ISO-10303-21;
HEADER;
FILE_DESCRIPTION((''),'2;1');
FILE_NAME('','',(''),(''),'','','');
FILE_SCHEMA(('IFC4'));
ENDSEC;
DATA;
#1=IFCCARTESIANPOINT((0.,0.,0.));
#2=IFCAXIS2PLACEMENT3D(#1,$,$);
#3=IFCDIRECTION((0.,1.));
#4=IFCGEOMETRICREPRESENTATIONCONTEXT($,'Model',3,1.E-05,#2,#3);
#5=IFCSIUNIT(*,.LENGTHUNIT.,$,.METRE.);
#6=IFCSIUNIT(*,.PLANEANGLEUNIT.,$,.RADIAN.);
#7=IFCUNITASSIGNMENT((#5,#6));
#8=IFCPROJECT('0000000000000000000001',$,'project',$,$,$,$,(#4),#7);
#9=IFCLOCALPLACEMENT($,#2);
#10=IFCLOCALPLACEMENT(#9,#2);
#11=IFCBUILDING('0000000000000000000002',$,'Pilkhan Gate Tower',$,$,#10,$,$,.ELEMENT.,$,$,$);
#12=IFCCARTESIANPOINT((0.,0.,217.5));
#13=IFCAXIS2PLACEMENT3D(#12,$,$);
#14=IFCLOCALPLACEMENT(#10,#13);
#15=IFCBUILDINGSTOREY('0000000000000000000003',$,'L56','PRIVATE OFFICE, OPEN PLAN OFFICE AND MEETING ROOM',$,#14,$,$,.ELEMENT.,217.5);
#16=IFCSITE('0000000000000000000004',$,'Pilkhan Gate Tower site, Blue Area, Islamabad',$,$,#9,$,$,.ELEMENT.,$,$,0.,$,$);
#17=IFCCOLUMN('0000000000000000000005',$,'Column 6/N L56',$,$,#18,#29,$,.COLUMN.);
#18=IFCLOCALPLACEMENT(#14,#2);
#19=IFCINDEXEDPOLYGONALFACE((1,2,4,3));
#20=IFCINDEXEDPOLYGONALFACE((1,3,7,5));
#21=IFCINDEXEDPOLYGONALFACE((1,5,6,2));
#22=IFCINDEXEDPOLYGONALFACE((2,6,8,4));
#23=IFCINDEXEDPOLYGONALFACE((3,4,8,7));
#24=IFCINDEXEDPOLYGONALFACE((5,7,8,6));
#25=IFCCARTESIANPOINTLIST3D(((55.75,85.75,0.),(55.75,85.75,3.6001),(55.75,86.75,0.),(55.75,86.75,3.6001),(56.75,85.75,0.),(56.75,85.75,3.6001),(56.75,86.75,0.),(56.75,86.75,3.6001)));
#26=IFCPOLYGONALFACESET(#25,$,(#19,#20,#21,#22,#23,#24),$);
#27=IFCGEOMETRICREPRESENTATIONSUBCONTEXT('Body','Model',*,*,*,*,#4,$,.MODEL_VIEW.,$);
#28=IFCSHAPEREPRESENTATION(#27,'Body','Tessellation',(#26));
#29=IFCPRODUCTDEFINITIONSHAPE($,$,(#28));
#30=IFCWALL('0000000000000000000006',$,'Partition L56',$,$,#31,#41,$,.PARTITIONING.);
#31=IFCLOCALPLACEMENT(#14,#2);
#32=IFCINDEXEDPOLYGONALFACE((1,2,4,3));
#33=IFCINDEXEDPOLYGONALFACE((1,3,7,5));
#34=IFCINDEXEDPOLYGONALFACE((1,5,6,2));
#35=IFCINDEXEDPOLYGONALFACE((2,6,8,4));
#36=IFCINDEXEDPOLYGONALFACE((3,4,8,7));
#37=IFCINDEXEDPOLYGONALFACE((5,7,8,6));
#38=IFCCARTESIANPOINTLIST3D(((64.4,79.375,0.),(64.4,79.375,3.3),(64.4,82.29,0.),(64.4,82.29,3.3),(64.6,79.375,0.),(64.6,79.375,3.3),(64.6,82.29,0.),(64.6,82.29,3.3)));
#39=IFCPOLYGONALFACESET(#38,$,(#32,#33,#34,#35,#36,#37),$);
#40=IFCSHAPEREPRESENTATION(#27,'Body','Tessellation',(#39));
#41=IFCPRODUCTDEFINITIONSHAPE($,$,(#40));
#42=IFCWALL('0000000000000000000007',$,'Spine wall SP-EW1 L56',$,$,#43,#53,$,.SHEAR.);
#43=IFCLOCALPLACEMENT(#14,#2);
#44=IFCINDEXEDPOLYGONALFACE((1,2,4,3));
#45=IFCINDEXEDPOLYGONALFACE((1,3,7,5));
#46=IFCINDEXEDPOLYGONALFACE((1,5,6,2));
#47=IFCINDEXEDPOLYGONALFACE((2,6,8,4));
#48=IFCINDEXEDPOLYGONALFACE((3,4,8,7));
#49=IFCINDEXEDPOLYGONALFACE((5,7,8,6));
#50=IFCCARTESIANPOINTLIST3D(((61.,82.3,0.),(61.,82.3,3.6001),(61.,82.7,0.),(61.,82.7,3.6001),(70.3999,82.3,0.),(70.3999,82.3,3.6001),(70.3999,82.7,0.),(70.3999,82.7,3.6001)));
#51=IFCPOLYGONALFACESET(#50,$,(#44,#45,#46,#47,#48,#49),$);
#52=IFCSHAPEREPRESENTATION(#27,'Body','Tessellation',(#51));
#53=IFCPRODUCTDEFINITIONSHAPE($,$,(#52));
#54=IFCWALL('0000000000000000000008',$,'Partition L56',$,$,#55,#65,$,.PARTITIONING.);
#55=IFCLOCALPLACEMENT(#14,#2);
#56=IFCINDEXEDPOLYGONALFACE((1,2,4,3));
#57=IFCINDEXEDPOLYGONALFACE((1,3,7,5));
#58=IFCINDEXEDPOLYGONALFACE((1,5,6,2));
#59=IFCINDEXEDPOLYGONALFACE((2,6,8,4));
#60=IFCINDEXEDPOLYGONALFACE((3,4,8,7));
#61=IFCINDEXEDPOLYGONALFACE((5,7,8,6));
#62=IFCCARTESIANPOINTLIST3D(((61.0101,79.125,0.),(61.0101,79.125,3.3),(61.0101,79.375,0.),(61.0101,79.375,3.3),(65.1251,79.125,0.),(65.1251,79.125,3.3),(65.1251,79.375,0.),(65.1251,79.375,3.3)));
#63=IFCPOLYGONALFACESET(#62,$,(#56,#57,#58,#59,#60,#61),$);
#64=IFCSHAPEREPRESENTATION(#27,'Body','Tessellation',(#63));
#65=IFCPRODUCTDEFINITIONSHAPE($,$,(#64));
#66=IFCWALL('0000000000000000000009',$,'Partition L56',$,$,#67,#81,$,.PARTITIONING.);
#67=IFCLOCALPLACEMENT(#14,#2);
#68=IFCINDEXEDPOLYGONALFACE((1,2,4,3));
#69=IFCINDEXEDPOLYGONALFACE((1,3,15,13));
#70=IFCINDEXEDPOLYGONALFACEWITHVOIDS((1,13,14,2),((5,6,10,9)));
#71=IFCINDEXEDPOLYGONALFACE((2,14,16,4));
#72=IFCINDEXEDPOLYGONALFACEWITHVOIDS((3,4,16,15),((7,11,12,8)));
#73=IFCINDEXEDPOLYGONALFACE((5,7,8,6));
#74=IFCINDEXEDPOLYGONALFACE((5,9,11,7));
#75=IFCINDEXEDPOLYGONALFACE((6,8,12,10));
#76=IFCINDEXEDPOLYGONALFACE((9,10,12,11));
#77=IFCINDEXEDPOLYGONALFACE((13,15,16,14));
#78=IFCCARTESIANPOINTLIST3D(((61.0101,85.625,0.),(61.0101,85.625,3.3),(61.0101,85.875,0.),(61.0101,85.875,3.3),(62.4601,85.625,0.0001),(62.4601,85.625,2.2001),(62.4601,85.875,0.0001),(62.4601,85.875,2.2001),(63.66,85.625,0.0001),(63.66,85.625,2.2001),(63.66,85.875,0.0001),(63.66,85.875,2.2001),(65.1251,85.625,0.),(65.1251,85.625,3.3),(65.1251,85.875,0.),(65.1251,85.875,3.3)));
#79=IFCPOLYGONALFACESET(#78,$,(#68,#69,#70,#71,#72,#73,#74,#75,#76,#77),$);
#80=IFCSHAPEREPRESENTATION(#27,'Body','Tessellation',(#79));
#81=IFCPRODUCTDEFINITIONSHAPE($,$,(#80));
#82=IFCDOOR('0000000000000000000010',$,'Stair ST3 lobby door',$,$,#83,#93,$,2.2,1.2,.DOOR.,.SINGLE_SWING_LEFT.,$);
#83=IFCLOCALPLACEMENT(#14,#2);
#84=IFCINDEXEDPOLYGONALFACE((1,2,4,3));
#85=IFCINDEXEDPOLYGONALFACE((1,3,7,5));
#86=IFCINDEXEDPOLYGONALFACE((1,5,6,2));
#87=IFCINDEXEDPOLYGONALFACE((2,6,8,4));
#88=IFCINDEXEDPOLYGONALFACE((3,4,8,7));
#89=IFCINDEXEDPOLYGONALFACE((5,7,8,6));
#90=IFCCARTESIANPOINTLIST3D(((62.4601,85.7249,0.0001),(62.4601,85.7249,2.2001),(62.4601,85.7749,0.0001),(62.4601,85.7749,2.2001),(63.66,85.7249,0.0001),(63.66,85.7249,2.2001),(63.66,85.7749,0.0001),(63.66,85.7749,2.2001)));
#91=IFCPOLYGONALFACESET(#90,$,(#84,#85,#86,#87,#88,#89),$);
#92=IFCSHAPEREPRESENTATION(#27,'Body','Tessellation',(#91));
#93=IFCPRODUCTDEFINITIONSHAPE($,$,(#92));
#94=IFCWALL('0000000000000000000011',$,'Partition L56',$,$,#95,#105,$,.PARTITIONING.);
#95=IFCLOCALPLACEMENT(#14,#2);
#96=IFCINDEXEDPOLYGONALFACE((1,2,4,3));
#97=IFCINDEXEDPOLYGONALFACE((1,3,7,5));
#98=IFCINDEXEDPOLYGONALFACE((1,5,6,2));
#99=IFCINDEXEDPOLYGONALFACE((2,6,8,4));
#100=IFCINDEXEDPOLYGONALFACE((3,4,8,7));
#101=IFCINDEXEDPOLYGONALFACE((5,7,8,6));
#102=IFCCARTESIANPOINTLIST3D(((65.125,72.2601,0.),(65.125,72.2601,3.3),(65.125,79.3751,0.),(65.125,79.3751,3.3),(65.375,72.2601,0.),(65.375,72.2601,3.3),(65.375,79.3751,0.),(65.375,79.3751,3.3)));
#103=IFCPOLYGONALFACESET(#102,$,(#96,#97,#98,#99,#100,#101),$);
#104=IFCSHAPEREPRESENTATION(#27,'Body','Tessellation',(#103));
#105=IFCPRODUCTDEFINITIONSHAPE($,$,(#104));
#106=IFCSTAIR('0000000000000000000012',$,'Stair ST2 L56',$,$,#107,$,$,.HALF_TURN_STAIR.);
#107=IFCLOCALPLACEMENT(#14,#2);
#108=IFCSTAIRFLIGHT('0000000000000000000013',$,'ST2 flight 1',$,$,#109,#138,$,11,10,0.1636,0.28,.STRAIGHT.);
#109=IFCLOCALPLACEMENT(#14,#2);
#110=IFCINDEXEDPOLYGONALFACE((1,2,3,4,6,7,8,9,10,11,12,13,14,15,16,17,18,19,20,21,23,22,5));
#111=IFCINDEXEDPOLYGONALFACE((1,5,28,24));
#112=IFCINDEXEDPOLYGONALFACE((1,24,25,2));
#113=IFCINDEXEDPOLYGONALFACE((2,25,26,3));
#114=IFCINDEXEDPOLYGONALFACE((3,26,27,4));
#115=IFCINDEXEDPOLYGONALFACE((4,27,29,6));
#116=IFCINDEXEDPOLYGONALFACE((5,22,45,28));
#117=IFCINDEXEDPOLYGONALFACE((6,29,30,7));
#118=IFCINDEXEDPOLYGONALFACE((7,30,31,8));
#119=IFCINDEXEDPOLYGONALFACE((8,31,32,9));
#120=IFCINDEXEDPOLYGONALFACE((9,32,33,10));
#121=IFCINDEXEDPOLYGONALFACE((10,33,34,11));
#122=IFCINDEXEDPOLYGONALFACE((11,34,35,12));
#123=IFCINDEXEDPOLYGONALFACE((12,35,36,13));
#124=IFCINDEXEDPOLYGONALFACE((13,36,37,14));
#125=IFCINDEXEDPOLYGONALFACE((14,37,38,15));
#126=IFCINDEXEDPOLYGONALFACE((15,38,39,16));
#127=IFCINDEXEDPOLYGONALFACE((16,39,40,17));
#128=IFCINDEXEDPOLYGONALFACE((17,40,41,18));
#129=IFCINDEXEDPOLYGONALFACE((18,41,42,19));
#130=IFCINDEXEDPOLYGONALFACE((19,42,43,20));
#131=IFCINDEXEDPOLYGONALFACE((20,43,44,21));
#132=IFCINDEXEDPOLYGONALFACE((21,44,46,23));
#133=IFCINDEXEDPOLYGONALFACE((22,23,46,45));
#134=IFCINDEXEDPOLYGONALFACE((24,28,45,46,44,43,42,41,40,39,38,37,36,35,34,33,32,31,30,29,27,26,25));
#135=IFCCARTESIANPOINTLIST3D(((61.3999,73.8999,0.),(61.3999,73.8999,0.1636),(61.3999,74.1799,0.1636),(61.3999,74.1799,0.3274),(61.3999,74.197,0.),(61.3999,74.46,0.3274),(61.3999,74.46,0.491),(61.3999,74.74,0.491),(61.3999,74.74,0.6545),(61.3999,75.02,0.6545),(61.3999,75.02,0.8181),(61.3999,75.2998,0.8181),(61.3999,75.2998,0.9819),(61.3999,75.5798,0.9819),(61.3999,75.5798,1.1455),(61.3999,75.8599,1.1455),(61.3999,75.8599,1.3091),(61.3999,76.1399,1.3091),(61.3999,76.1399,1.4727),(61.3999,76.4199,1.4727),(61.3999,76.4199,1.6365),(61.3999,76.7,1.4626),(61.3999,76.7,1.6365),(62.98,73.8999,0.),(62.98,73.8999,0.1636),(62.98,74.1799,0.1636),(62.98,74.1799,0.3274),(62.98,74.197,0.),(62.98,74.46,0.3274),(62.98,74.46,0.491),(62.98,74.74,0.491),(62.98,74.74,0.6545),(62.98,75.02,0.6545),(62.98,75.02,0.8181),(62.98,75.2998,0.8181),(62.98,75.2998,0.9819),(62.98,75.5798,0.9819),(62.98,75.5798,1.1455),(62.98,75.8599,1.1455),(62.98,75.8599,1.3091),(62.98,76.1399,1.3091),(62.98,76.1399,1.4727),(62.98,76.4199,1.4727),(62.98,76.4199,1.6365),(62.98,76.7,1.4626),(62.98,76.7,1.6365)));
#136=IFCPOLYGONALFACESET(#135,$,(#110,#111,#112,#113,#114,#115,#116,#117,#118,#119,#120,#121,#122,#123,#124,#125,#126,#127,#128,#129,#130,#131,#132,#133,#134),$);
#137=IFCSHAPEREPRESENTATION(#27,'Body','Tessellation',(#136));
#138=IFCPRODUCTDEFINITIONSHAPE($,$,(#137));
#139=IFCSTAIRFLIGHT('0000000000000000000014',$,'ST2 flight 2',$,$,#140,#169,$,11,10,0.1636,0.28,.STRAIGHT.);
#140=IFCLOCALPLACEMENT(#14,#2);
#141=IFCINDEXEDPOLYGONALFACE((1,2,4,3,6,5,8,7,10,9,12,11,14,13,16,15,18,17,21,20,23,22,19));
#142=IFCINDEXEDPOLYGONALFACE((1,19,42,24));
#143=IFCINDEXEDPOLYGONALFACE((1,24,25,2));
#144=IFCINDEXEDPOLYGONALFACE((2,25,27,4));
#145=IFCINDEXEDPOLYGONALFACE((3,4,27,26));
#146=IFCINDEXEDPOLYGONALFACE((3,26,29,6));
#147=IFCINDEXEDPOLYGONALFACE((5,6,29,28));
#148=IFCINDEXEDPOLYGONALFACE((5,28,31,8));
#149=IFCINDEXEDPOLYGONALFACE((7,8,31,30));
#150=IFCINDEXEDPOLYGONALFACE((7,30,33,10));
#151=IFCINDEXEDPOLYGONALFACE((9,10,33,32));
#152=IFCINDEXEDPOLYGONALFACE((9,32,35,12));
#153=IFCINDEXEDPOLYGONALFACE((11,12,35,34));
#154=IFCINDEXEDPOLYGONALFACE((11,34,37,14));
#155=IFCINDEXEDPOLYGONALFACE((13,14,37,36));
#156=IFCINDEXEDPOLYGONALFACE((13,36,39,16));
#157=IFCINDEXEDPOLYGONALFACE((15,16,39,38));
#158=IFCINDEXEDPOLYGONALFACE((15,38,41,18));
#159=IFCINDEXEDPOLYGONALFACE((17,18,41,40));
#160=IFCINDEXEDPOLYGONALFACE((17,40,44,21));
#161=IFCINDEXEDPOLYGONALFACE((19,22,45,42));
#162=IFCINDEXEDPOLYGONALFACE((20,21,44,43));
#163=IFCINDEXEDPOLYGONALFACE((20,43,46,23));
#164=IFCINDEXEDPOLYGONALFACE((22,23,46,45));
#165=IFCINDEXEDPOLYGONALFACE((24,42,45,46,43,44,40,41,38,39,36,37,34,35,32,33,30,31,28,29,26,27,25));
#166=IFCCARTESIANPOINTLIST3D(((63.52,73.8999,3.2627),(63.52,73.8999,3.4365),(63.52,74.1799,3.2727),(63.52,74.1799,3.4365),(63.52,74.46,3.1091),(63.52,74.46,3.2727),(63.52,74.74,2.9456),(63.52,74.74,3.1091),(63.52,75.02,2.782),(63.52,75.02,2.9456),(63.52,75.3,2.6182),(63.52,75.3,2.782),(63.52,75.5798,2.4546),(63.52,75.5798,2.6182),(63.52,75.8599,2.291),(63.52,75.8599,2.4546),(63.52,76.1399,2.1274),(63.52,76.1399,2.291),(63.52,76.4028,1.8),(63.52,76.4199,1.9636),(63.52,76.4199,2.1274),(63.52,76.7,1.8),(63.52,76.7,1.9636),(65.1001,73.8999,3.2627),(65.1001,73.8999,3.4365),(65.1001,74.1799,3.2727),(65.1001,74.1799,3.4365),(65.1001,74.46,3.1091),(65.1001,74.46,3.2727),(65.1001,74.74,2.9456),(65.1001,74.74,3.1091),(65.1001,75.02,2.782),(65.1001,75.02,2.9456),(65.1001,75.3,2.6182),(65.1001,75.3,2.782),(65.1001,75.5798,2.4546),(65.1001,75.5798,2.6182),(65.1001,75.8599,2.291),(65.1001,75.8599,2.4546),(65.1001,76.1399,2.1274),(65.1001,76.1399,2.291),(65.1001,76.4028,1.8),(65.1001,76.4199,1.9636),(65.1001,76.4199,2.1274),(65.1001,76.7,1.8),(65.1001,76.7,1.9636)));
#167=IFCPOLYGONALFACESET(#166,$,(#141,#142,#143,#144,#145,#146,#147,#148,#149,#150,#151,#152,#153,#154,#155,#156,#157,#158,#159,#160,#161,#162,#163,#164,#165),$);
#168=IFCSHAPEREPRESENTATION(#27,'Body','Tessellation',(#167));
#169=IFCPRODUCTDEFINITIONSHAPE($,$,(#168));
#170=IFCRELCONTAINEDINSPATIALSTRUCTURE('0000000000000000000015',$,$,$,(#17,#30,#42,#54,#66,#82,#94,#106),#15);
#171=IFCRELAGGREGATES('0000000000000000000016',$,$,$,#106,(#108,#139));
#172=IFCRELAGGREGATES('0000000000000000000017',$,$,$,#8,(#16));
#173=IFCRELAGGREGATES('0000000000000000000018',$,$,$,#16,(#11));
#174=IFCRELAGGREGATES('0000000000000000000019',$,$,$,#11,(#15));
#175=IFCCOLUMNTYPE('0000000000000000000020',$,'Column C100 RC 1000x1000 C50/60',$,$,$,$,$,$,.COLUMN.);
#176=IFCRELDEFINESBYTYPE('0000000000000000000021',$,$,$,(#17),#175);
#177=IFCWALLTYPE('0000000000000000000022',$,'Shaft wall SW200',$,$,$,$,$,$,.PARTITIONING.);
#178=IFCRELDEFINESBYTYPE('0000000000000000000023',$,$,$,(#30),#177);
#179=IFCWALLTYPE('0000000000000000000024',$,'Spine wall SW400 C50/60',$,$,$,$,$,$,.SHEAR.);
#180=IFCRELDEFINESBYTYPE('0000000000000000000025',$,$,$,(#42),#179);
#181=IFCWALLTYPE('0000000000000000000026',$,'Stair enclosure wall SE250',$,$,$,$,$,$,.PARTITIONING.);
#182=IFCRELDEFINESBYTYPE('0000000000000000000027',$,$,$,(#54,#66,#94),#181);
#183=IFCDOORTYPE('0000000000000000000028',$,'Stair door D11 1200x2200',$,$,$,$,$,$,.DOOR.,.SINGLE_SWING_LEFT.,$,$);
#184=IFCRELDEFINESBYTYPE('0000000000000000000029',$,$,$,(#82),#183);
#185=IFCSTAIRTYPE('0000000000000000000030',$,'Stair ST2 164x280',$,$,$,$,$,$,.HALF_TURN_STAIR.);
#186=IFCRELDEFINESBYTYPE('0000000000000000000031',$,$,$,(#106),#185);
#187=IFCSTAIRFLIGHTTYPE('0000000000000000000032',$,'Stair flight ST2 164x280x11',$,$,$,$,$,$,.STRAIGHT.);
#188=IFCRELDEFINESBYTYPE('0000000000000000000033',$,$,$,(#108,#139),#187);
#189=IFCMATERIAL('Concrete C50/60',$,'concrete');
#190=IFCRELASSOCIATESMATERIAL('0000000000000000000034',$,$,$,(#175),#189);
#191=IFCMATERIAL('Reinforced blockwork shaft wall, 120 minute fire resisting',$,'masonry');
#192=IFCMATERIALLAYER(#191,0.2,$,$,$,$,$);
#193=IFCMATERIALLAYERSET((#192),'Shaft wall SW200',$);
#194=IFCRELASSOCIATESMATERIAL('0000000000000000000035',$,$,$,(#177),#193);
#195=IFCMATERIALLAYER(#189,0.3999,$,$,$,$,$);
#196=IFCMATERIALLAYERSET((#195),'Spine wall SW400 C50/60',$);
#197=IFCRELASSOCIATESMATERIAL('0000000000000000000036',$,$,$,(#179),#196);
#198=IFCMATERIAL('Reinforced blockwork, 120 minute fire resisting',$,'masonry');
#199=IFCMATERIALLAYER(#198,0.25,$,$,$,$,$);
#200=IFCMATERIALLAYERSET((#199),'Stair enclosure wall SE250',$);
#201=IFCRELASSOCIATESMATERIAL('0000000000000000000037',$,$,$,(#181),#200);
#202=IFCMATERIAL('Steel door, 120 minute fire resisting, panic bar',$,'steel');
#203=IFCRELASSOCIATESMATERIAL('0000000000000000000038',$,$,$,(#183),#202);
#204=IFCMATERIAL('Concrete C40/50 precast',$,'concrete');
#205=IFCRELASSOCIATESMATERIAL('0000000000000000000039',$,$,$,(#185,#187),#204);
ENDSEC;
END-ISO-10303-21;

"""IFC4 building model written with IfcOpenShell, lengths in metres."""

from ifc_helpers import new_model, si_unit, direction, frame, frame_2d, origin, origin_2d, place, context, subcontext, project, spatial, polyline, rectangle, outline, extrude, material, layer, layer_set, material_profile, profile_set, type_object, element, fill, aggregate, save


model = new_model("IFC4")

# Units and contexts
model_context = context("Model", 3, precision=1e-05, world=origin(), true_north=direction((0.0, 1.0)))
body_context = subcontext(model_context, "Body", "Model", "MODEL_VIEW")
ifc_project = project(units=[si_unit("LENGTHUNIT", "METRE"), si_unit("PLANEANGLEUNIT", "RADIAN")], contexts=[model_context])

# Site, building, storey
site_placement = place(None, origin())
site = spatial("IfcSite", under=ifc_project, at=site_placement, Name="Pilkhan Gate Tower site, Blue Area, Islamabad", CompositionType="ELEMENT", RefElevation=0.0)
building_placement = place(site_placement, origin())
building = spatial("IfcBuilding", under=site, at=building_placement, Name="Pilkhan Gate Tower", CompositionType="ELEMENT")
storey_placement = place(building_placement, frame((0.0, 0.0, 217.5)))
storey = spatial("IfcBuildingStorey", under=building, at=storey_placement, Name="L56", Description="PRIVATE OFFICE, OPEN PLAN OFFICE AND MEETING ROOM", CompositionType="ELEMENT", Elevation=217.5)

# Column
ifc_material_1 = material(Name="Concrete C50/60", Category="concrete")
ifc_material_profile = material_profile(ifc_material_1, rectangle(XDim=1.0, YDim=1.0, at=origin_2d()), Name="RC 1000x1000")
ifc_profile_set = profile_set([ifc_material_profile], Name="Concrete C50/60")
column_type = type_object("IfcColumnType", Name="Column C100 RC 1000x1000 C50/60", PredefinedType="COLUMN", material=ifc_profile_set)
column_placement = place(storey_placement, frame((56.25, 86.25, 0.0), z_axis=(0.0, 0.0, 1.0), x_axis=(1.0, 0.0, 0.0)))
element("IfcColumn", 1, at=column_placement, inside=storey, type_object=column_type, Name="Column 6/N L56", PredefinedType="COLUMN", context=body_context, shape_type="SweptSolid", body=[
    extrude(rectangle(XDim=1.0, YDim=1.0, at=origin_2d()), origin(), (0.0, 0.0, 1.0), 3.6001),
])

# Walls
ifc_material_2 = material(Name="Reinforced blockwork shaft wall, 120 minute fire resisting", Category="masonry")
ifc_layer_1 = layer(ifc_material_2, 0.2)
ifc_layer_set_1 = layer_set([ifc_layer_1], Name="Shaft wall SW200")
wall_type_1 = type_object("IfcWallType", Name="Shaft wall SW200", PredefinedType="PARTITIONING", material=ifc_layer_set_1)
wall_1_placement = place(storey_placement, frame((64.5, 79.375, 0.0), z_axis=(0.0, 0.0, 1.0), x_axis=(0.0, 1.0, 0.0)))
element("IfcWall", 2, at=wall_1_placement, inside=storey, type_object=wall_type_1, Name="Partition L56", PredefinedType="PARTITIONING", context=body_context, shape_type="SweptSolid", body=[
    extrude(rectangle(XDim=2.915, YDim=0.2, at=frame_2d((1.4575, 0.0))), origin(), (0.0, 0.0, 1.0), 3.3),
])
ifc_layer_2 = layer(ifc_material_1, 0.3999)
ifc_layer_set_2 = layer_set([ifc_layer_2], Name="Spine wall SW400 C50/60")
wall_type_2 = type_object("IfcWallType", Name="Spine wall SW400 C50/60", PredefinedType="SHEAR", material=ifc_layer_set_2)
wall_2_placement = place(storey_placement, frame((61.0, 82.5, 0.0), z_axis=(0.0, 0.0, 1.0), x_axis=(1.0, 0.0, 0.0)))
element("IfcWall", 3, at=wall_2_placement, inside=storey, type_object=wall_type_2, Name="Spine wall SP-EW1 L56", PredefinedType="SHEAR", context=body_context, shape_type="SweptSolid", body=[
    extrude(rectangle(XDim=9.3999, YDim=0.3999, at=frame_2d((4.7, 0.0))), origin(), (0.0, 0.0, 1.0), 3.6001),
])
ifc_material_3 = material(Name="Reinforced blockwork, 120 minute fire resisting", Category="masonry")
ifc_layer_3 = layer(ifc_material_3, 0.25)
ifc_layer_set_3 = layer_set([ifc_layer_3], Name="Stair enclosure wall SE250")
wall_type_3 = type_object("IfcWallType", Name="Stair enclosure wall SE250", PredefinedType="PARTITIONING", material=ifc_layer_set_3)
wall_3_placement = place(storey_placement, frame((61.01, 79.25, 0.0), z_axis=(0.0, 0.0, 1.0), x_axis=(1.0, 0.0, 0.0)))
element("IfcWall", 4, at=wall_3_placement, inside=storey, type_object=wall_type_3, Name="Partition L56", PredefinedType="PARTITIONING", context=body_context, shape_type="SweptSolid", body=[
    extrude(rectangle(XDim=4.115, YDim=0.25, at=frame_2d((2.0576, 0.0))), origin(), (0.0, 0.0, 1.0), 3.3),
])

# Wall, opening, door
wall_4_placement = place(storey_placement, frame((61.01, 85.75, 0.0), z_axis=(0.0, 0.0, 1.0), x_axis=(1.0, 0.0, 0.0)))
wall_4 = element("IfcWall", 5, at=wall_4_placement, inside=storey, type_object=wall_type_3, Name="Partition L56", PredefinedType="PARTITIONING", context=body_context, shape_type="SweptSolid", body=[
    extrude(rectangle(XDim=4.115, YDim=0.25, at=frame_2d((2.0576, 0.0))), origin(), (0.0, 0.0, 1.0), 3.3),
])
opening_placement = place(wall_4_placement, frame((1.45, 0.0, 0.0)))
opening = element("IfcOpeningElement", 6, at=opening_placement, cuts=wall_4, PredefinedType="OPENING", context=body_context, shape_type="SweptSolid", body=[
    extrude(rectangle(XDim=1.2, YDim=2.2, at=frame_2d((0.6001, 1.1001))), frame((0.0, 0.135, 0.0), z_axis=(0.0, -1.0, 0.0), x_axis=(1.0, 0.0, 0.0)), (0.0, 0.0, 1.0), 0.27),
])
ifc_material_4 = material(Name="Steel door, 120 minute fire resisting, panic bar", Category="steel")
door_type = type_object("IfcDoorType", Name="Stair door D11 1200x2200", OperationType="SINGLE_SWING_LEFT", PredefinedType="DOOR", material=ifc_material_4)
door_placement = place(opening_placement, origin())
door = element("IfcDoor", 7, at=door_placement, inside=storey, type_object=door_type, Name="Stair ST3 lobby door", OperationType="SINGLE_SWING_LEFT", OverallHeight=2.2, OverallWidth=1.2, PredefinedType="DOOR", context=body_context, shape_type="SweptSolid", body=[
    extrude(rectangle(XDim=1.2, YDim=2.2, at=frame_2d((0.6001, 1.1001))), frame((0.0, 0.0249, 0.0), z_axis=(0.0, -1.0, 0.0), x_axis=(1.0, 0.0, 0.0)), (0.0, 0.0, 1.0), 0.05),
])
fill(opening, door)

# Wall
wall_5_placement = place(storey_placement, frame((65.25, 72.26, 0.0), z_axis=(0.0, 0.0, 1.0), x_axis=(0.0, 1.0, 0.0)))
element("IfcWall", 8, at=wall_5_placement, inside=storey, type_object=wall_type_3, Name="Partition L56", PredefinedType="PARTITIONING", context=body_context, shape_type="SweptSolid", body=[
    extrude(rectangle(XDim=7.115, YDim=0.25, at=frame_2d((3.5576, 0.0))), origin(), (0.0, 0.0, 1.0), 3.3),
])

# Stair, stair flights
ifc_material_5 = material(Name="Concrete C40/50 precast", Category="concrete")
stair_type_1 = type_object("IfcStairType", Name="Stair ST2 164x280", PredefinedType="HALF_TURN_STAIR", material=ifc_material_5)
stair_1_placement = place(storey_placement, origin())
stair_1 = element("IfcStair", 9, at=stair_1_placement, inside=storey, type_object=stair_type_1, Name="Stair ST2 L56", PredefinedType="HALF_TURN_STAIR")
stair_flight_type_1 = type_object("IfcStairFlightType", Name="Stair flight ST2 164x280x11", PredefinedType="STRAIGHT", material=ifc_material_5)
stair_flight_1_placement = place(storey_placement, frame((62.1899, 73.8999, 0.0), z_axis=(0.0, 0.0, 1.0), x_axis=(0.0, 1.0, 0.0)))
stair_flight_1 = element("IfcStairFlight", 10, at=stair_flight_1_placement, type_object=stair_flight_type_1, Name="ST2 flight 1", NumberOfRisers=11, NumberOfTreads=10, PredefinedType="STRAIGHT", RiserHeight=0.1636, TreadLength=0.28, context=body_context, shape_type="SweptSolid", body=[
    extrude(outline(polyline([(0.0, 0.0), (0.0, 0.1636), (0.28, 0.1636), (0.28, 0.3274), (0.5601, 0.3274), (0.5601, 0.491), (0.8401, 0.491), (0.8401, 0.6545), (1.1201, 0.6545), (1.1201, 0.8181), (1.3999, 0.8181), (1.3999, 0.9819), (1.6799, 0.9819), (1.6799, 1.1455), (1.96, 1.1455), (1.96, 1.3091), (2.24, 1.3091), (2.24, 1.4727), (2.52, 1.4727), (2.52, 1.6365), (2.8, 1.6365), (2.8, 1.8), (2.8, 1.4626), (0.2971, 0.0), (0.0, 0.0)])), frame((0.0, 0.79, 0.0), z_axis=(0.0, -1.0, 0.0), x_axis=(1.0, 0.0, 0.0)), (0.0, 0.0, 1.0), 1.5801),
])
stair_flight_2_placement = place(storey_placement, frame((64.3101, 76.7, 1.8), z_axis=(0.0, 0.0, 1.0), x_axis=(0.0, -1.0, 0.0)))
stair_flight_2 = element("IfcStairFlight", 11, at=stair_flight_2_placement, type_object=stair_flight_type_1, Name="ST2 flight 2", NumberOfRisers=11, NumberOfTreads=10, PredefinedType="STRAIGHT", RiserHeight=0.1636, TreadLength=0.28, context=body_context, shape_type="SweptSolid", body=[
    extrude(outline(polyline([(0.0, 0.0), (0.0, 0.1636), (0.28, 0.1636), (0.28, 0.3274), (0.5601, 0.3274), (0.5601, 0.491), (0.8401, 0.491), (0.8401, 0.6545), (1.1201, 0.6545), (1.1201, 0.8181), (1.3999, 0.8181), (1.3999, 0.9819), (1.6799, 0.9819), (1.6799, 1.1455), (1.96, 1.1455), (1.96, 1.3091), (2.24, 1.3091), (2.24, 1.4727), (2.52, 1.4727), (2.52, 1.6365), (2.8, 1.6365), (2.8, 1.8), (2.8, 1.4626), (0.2971, 0.0), (0.0, 0.0)])), frame((0.0, 0.79, 0.0), z_axis=(0.0, -1.0, 0.0), x_axis=(1.0, 0.0, 0.0)), (0.0, 0.0, 1.0), 1.5801),
])
aggregate(stair_1, [stair_flight_1, stair_flight_2])

save(model, "model.ifc")
